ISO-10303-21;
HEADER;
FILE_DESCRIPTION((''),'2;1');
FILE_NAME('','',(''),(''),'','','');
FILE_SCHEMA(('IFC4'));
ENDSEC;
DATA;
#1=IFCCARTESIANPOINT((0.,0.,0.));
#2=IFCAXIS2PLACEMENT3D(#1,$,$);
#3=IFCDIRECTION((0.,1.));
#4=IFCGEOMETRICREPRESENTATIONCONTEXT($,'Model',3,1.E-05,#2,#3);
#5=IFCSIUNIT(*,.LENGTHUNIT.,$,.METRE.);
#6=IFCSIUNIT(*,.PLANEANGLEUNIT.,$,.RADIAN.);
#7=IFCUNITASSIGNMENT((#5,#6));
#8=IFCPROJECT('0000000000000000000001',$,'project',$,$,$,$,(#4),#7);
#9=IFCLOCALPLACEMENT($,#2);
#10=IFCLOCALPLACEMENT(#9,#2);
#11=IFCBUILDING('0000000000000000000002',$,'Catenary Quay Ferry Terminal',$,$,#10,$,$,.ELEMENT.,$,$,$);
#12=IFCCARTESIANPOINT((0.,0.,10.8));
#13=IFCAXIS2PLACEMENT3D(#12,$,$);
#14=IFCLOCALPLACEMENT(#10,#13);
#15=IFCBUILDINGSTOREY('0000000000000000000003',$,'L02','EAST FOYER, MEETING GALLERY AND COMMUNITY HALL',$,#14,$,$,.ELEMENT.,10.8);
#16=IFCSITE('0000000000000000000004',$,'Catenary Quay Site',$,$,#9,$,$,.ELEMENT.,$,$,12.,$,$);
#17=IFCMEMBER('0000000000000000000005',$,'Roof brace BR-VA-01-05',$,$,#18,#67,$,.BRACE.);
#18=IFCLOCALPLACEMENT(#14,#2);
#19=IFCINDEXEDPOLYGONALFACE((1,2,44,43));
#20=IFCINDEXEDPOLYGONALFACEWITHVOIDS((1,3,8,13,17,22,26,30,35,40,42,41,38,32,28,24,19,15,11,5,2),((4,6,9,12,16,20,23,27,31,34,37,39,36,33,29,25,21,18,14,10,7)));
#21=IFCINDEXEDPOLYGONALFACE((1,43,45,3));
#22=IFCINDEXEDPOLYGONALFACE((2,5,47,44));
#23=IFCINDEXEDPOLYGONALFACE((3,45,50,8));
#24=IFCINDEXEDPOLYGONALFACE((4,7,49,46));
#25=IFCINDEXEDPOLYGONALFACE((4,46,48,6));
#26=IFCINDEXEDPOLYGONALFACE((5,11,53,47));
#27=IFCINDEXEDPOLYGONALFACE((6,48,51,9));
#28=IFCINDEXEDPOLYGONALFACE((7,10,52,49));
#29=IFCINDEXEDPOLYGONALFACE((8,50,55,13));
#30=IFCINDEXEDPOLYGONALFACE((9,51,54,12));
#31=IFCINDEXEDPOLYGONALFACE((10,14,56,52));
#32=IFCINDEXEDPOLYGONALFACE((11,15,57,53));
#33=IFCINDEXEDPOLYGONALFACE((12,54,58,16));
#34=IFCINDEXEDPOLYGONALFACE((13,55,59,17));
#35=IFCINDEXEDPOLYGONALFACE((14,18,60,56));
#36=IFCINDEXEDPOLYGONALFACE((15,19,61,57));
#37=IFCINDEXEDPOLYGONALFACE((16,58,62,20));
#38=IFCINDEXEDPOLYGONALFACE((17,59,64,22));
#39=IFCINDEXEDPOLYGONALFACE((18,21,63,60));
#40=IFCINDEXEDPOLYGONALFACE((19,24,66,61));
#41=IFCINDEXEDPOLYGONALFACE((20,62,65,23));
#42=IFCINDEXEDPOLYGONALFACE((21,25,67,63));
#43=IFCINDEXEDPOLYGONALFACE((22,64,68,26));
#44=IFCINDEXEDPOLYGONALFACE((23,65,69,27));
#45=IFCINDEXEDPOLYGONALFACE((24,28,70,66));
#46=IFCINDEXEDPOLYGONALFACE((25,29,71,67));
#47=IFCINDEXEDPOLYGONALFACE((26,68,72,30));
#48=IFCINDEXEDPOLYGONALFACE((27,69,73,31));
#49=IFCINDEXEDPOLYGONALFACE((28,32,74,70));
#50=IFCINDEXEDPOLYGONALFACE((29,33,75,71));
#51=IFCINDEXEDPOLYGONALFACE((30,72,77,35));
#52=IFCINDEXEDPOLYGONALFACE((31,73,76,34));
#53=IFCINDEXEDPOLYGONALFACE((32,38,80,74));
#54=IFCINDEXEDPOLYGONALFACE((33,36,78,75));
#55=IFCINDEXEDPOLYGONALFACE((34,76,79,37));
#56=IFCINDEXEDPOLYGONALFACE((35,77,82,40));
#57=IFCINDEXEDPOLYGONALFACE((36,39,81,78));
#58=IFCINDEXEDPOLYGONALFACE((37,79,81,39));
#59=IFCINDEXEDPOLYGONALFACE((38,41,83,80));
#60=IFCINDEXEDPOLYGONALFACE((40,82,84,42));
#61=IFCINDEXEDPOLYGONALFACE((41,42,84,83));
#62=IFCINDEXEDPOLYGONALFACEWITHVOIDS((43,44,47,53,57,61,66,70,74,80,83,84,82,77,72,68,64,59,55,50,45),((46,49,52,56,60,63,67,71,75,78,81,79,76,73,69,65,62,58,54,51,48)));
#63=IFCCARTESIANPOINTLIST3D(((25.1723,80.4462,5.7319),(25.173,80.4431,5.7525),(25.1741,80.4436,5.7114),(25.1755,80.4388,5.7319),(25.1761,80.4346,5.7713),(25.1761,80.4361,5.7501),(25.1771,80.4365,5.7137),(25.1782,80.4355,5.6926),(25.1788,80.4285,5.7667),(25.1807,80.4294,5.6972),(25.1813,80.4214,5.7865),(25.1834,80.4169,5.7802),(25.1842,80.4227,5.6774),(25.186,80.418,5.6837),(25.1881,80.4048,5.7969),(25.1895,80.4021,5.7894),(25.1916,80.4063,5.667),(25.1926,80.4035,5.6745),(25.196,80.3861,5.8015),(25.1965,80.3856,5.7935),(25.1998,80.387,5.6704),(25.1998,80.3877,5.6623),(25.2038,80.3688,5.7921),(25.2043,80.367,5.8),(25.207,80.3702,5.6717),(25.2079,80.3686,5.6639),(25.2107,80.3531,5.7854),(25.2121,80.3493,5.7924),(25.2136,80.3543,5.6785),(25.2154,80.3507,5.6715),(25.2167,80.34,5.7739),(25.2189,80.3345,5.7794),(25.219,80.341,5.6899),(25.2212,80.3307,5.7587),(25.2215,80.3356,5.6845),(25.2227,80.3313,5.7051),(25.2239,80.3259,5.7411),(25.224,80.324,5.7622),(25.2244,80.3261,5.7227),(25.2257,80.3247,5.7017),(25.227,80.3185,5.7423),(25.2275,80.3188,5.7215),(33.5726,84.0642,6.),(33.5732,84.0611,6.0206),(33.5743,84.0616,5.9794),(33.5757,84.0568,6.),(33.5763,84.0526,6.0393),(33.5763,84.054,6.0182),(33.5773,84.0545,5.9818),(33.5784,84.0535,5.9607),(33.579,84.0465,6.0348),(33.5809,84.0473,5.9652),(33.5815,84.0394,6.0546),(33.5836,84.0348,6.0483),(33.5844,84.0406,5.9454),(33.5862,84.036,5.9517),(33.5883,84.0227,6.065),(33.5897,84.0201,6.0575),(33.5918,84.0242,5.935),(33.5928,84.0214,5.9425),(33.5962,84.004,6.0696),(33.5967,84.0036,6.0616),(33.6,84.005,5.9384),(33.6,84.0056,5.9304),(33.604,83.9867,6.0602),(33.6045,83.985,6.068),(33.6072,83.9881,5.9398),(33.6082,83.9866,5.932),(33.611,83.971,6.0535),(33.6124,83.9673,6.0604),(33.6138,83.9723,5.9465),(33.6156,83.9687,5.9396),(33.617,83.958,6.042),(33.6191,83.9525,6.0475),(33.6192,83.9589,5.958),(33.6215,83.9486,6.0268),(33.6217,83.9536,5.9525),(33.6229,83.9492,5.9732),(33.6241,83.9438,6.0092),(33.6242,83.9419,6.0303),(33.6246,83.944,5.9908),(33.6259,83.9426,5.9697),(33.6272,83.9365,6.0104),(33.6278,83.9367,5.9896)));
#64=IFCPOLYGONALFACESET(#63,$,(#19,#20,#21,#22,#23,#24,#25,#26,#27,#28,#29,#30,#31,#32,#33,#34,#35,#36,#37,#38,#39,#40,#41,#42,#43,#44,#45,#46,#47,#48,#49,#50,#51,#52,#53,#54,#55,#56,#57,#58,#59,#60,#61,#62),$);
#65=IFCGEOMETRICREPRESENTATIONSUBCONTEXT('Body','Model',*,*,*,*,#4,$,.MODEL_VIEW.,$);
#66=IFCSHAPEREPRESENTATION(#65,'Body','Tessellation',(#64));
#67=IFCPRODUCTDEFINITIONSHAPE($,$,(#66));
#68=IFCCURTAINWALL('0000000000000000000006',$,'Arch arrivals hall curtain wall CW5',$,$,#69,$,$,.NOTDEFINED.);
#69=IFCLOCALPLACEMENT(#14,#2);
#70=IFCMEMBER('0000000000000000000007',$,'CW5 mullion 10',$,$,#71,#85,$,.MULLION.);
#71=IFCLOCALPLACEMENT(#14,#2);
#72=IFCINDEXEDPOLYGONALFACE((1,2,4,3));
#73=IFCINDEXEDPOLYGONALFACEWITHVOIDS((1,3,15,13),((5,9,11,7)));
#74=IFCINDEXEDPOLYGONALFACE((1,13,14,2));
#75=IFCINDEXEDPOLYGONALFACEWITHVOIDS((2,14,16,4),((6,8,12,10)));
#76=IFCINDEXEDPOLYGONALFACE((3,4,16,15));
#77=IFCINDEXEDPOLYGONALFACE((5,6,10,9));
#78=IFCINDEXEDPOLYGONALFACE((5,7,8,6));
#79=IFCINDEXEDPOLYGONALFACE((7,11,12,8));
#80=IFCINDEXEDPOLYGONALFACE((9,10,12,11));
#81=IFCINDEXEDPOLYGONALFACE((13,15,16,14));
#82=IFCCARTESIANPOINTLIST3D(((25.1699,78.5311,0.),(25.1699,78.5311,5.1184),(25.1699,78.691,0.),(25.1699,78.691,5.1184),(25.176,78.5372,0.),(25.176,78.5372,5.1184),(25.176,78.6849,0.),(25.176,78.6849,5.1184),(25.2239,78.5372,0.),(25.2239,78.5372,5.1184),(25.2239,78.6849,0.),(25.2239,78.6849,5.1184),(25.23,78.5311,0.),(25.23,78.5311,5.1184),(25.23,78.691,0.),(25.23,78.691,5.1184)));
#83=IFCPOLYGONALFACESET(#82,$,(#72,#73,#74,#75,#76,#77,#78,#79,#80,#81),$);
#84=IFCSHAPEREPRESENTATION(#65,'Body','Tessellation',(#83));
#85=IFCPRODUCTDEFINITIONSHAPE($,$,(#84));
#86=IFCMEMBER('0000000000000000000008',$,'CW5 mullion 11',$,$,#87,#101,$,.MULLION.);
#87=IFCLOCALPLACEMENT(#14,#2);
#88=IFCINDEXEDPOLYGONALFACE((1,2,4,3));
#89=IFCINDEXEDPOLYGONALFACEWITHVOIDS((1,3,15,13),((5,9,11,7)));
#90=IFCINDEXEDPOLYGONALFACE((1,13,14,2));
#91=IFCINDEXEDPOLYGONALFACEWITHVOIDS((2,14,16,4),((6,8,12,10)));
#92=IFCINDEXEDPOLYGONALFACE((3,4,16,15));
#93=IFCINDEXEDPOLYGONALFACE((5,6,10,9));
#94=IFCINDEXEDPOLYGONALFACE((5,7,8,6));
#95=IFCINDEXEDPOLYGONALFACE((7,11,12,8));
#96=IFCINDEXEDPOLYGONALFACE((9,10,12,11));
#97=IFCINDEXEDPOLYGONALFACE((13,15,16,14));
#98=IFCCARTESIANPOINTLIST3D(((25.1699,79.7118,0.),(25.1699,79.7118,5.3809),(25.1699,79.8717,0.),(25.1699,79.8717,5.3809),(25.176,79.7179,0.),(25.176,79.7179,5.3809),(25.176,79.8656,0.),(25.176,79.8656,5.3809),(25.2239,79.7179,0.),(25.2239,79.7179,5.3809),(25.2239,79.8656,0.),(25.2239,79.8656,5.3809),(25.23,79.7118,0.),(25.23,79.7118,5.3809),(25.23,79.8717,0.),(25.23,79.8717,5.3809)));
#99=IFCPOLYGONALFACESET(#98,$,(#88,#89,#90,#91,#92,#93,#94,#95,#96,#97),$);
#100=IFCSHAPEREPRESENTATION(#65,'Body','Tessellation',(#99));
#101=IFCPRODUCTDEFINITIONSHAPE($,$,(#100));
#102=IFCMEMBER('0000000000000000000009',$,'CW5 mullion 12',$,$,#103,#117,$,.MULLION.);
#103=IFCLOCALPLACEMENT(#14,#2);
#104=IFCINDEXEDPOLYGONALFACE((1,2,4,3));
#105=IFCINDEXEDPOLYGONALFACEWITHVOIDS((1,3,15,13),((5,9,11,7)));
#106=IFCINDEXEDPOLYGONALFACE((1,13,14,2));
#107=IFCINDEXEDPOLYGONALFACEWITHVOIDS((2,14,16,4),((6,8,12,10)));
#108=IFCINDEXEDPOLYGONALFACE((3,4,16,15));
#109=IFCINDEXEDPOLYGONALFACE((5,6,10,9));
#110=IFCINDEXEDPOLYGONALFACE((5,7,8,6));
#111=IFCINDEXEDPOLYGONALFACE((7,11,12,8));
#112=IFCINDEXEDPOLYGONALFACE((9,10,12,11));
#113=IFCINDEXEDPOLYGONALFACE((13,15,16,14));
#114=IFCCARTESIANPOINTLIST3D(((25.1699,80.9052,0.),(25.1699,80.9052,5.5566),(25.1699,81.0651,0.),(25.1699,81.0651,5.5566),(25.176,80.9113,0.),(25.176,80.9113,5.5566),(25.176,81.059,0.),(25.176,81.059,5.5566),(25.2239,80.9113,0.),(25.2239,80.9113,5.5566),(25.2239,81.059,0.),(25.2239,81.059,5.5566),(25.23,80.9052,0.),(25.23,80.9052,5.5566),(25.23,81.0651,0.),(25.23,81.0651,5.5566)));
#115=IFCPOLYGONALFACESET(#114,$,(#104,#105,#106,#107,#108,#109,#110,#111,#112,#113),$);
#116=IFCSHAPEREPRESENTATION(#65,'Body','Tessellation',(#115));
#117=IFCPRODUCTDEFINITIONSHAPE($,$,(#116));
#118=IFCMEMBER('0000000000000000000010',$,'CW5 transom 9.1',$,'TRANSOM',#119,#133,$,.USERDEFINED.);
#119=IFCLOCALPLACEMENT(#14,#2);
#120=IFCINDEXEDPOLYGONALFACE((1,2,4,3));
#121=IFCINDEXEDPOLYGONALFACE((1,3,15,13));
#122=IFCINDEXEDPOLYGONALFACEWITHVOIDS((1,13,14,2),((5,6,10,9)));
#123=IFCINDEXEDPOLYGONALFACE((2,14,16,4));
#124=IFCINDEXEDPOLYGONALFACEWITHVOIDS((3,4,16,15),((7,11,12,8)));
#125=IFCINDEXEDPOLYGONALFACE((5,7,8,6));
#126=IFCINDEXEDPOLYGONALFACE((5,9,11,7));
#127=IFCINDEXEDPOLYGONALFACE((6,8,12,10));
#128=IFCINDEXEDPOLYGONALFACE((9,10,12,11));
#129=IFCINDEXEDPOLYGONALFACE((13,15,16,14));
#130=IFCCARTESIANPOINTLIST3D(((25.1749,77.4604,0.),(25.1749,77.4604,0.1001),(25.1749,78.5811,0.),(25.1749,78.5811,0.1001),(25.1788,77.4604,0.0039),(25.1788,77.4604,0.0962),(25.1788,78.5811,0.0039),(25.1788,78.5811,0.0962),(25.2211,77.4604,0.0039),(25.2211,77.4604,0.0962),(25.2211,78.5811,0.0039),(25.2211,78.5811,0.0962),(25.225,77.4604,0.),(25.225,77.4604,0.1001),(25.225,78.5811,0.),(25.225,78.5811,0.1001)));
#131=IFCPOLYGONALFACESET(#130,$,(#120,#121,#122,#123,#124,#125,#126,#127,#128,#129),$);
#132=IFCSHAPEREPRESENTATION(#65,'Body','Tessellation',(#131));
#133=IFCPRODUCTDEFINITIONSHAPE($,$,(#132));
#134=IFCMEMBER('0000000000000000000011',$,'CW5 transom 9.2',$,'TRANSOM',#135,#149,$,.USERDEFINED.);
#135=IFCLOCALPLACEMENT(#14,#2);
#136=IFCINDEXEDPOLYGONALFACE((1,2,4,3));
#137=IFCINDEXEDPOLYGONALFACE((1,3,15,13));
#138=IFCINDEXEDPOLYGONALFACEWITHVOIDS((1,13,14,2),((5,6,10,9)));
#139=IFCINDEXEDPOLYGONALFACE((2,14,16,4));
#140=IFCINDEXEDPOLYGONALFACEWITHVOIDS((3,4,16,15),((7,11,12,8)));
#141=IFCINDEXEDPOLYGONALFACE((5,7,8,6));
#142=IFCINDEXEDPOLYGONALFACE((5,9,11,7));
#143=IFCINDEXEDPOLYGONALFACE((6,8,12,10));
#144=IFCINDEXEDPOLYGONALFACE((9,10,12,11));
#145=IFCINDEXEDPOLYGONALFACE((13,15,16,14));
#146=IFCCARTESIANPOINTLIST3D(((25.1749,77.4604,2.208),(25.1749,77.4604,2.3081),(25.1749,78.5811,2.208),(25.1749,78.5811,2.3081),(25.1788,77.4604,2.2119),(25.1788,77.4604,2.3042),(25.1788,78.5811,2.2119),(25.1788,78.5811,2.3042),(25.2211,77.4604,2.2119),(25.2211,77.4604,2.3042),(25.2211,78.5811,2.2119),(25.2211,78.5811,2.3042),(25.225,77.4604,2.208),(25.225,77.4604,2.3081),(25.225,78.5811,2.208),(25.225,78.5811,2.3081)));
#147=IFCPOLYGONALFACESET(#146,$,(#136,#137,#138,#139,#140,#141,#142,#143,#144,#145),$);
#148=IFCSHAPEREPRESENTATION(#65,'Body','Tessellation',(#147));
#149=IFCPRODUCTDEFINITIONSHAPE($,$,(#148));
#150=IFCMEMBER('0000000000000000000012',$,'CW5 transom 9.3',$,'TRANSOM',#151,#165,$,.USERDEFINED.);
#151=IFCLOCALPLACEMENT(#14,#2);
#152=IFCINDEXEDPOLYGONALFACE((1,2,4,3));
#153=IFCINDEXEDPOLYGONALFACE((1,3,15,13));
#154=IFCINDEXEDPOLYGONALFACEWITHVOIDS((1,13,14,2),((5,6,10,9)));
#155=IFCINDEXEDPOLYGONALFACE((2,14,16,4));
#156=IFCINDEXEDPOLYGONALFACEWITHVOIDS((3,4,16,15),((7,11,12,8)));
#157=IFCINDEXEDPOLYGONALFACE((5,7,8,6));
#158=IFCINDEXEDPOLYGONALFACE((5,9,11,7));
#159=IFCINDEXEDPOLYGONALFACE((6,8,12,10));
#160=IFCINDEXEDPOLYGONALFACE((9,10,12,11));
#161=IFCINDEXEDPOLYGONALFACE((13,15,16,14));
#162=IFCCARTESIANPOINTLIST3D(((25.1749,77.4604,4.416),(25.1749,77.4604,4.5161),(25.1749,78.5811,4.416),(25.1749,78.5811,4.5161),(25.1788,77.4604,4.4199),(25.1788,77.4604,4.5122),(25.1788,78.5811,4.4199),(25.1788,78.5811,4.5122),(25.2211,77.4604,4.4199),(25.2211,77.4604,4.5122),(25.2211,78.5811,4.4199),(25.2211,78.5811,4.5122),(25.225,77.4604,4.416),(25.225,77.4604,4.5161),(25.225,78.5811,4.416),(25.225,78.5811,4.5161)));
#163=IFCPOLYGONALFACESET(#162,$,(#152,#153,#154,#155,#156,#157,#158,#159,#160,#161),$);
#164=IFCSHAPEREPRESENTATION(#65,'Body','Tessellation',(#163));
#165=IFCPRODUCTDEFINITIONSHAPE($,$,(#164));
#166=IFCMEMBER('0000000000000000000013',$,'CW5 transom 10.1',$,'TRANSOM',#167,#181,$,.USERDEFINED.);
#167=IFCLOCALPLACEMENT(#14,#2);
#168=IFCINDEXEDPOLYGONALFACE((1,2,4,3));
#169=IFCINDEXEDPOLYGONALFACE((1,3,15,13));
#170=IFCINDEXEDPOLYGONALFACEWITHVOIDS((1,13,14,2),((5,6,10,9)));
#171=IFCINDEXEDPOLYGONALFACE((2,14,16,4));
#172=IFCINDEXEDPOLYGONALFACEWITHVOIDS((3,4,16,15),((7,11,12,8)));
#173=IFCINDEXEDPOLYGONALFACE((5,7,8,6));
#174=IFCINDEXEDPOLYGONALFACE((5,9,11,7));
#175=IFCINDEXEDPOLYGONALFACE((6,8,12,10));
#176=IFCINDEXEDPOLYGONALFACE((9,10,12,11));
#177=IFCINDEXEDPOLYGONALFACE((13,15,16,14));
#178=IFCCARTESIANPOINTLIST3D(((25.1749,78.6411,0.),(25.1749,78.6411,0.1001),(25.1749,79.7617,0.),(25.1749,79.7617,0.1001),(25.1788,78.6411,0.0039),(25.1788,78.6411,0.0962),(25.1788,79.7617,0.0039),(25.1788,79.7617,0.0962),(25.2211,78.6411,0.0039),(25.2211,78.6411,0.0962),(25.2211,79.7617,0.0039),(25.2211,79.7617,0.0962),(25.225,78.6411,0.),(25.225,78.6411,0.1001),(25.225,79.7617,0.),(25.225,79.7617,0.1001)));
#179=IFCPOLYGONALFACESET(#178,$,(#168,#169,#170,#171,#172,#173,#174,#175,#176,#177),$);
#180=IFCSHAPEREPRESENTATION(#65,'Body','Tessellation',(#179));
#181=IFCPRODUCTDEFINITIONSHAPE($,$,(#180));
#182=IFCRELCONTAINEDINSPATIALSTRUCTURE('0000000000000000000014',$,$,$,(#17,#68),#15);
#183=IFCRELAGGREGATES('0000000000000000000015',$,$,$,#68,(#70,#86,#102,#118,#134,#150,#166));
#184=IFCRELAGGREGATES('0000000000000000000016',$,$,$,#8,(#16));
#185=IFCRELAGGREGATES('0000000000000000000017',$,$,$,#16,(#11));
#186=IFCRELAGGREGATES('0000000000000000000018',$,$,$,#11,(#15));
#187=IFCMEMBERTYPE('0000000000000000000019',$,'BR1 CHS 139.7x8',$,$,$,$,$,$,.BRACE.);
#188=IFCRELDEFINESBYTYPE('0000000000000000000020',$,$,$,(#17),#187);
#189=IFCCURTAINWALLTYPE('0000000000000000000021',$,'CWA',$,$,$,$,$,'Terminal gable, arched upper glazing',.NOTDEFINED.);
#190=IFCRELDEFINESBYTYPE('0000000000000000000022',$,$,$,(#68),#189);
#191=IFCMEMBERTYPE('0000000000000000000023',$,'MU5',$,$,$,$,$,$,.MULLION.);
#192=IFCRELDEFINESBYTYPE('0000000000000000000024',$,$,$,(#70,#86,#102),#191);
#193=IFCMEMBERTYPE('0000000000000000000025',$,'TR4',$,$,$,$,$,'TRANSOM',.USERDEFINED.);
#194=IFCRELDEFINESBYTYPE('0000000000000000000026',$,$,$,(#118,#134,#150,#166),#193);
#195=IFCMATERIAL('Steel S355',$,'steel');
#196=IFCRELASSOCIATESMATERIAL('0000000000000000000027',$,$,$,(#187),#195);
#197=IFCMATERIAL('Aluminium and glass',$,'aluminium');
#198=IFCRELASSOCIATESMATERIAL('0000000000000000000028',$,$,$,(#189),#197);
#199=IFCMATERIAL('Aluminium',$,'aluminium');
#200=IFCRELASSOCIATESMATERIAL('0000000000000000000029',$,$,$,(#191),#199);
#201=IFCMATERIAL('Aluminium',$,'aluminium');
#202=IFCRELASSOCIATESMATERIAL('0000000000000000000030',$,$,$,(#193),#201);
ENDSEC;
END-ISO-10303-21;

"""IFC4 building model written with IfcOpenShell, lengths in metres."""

from ifc_helpers import new_model, si_unit, direction, frame, origin, origin_2d, place, context, subcontext, project, spatial, hollow_rectangle, hollow_circle, extrude, material, material_profile, profile_set, type_object, element, aggregate, save


model = new_model("IFC4")

# Units and contexts
model_context = context("Model", 3, precision=1e-05, world=origin(), true_north=direction((0.0, 1.0)))
body_context = subcontext(model_context, "Body", "Model", "MODEL_VIEW")
ifc_project = project(units=[si_unit("LENGTHUNIT", "METRE"), si_unit("PLANEANGLEUNIT", "RADIAN")], contexts=[model_context])

# Site, building, storey
site_placement = place(None, origin())
site = spatial("IfcSite", under=ifc_project, at=site_placement, Name="Catenary Quay Site", CompositionType="ELEMENT", RefElevation=12.0)
building_placement = place(site_placement, origin())
building = spatial("IfcBuilding", under=site, at=building_placement, Name="Catenary Quay Ferry Terminal", CompositionType="ELEMENT")
storey_placement = place(building_placement, frame((0.0, 0.0, 10.8)))
storey = spatial("IfcBuildingStorey", under=building, at=storey_placement, Name="L02", Description="EAST FOYER, MEETING GALLERY AND COMMUNITY HALL", CompositionType="ELEMENT", Elevation=10.8)

# Member
ifc_material_1 = material(Name="Steel S355", Category="steel")
ifc_material_profile_1 = material_profile(ifc_material_1, hollow_circle(Radius=0.0698, WallThickness=0.0081, at=origin_2d()), Name="CHS 139.7x8")
ifc_profile_set_1 = profile_set([ifc_material_profile_1], Name="Steel S355")
member_type_1 = type_object("IfcMemberType", Name="BR1 CHS 139.7x8", PredefinedType="BRACE", material=ifc_profile_set_1)
member_1_placement = place(storey_placement, frame((25.2, 80.3821, 5.7319), z_axis=(0.918042, 0.395398, 0.029297), x_axis=(-0.395568, 0.918437, 0.0)))
element("IfcMember", 1, at=member_1_placement, inside=storey, type_object=member_type_1, Name="Roof brace BR-VA-01-05", PredefinedType="BRACE", context=body_context, shape_type="SweptSolid", body=[
    extrude(hollow_circle(Radius=0.0698, WallThickness=0.0081, at=origin_2d()), origin(), (0.0, 0.0, 1.0), 9.1501),
])

# Curtain wall, members
ifc_material_2 = material(Name="Aluminium and glass", Category="aluminium")
curtain_wall_type = type_object("IfcCurtainWallType", Name="CWA", ElementType="Terminal gable, arched upper glazing", PredefinedType="NOTDEFINED", material=ifc_material_2)
curtain_wall_placement = place(storey_placement, origin())
curtain_wall = element("IfcCurtainWall", 2, at=curtain_wall_placement, inside=storey, type_object=curtain_wall_type, Name="Arch arrivals hall curtain wall CW5", PredefinedType="NOTDEFINED")
ifc_material_3 = material(Name="Aluminium", Category="aluminium")
ifc_material_profile_2 = material_profile(ifc_material_3, hollow_rectangle(XDim=0.0601, YDim=0.1599, WallThickness=0.0061, at=origin_2d()), Name="MU5")
ifc_profile_set_2 = profile_set([ifc_material_profile_2], Name="Aluminium")
member_type_2 = type_object("IfcMemberType", Name="MU5", PredefinedType="MULLION", material=ifc_profile_set_2)
member_2_placement = place(storey_placement, frame((25.2, 78.6111, 0.0), z_axis=(0.0, 0.0, 1.0), x_axis=(-1.0, 0.0, 0.0)))
member_2 = element("IfcMember", 3, at=member_2_placement, type_object=member_type_2, Name="CW5 mullion 10", PredefinedType="MULLION", context=body_context, shape_type="SweptSolid", body=[
    extrude(hollow_rectangle(XDim=0.0601, YDim=0.1599, WallThickness=0.0061, at=origin_2d()), origin(), (0.0, 0.0, 1.0), 5.1184),
])
member_3_placement = place(storey_placement, frame((25.2, 79.7917, 0.0), z_axis=(0.0, 0.0, 1.0), x_axis=(-1.0, 0.0, 0.0)))
member_3 = element("IfcMember", 4, at=member_3_placement, type_object=member_type_2, Name="CW5 mullion 11", PredefinedType="MULLION", context=body_context, shape_type="SweptSolid", body=[
    extrude(hollow_rectangle(XDim=0.0601, YDim=0.1599, WallThickness=0.0061, at=origin_2d()), origin(), (0.0, 0.0, 1.0), 5.3809),
])
member_4_placement = place(storey_placement, frame((25.2, 80.9851, 0.0), z_axis=(0.0, 0.0, 1.0), x_axis=(-1.0, 0.0, 0.0)))
member_4 = element("IfcMember", 5, at=member_4_placement, type_object=member_type_2, Name="CW5 mullion 12", PredefinedType="MULLION", context=body_context, shape_type="SweptSolid", body=[
    extrude(hollow_rectangle(XDim=0.0601, YDim=0.1599, WallThickness=0.0061, at=origin_2d()), origin(), (0.0, 0.0, 1.0), 5.5566),
])
ifc_material_4 = material(Name="Aluminium", Category="aluminium")
ifc_material_profile_3 = material_profile(ifc_material_4, hollow_rectangle(XDim=0.05, YDim=0.1001, WallThickness=0.0039, at=origin_2d()), Name="TR4")
ifc_profile_set_3 = profile_set([ifc_material_profile_3], Name="Aluminium")
member_type_3 = type_object("IfcMemberType", Name="TR4", ElementType="TRANSOM", PredefinedType="USERDEFINED", material=ifc_profile_set_3)
member_5_placement = place(storey_placement, frame((25.2, 77.4604, 0.05), z_axis=(0.0, 1.0, 0.0), x_axis=(-1.0, 0.0, 0.0)))
member_5 = element("IfcMember", 6, at=member_5_placement, type_object=member_type_3, Name="CW5 transom 9.1", ObjectType="TRANSOM", PredefinedType="USERDEFINED", context=body_context, shape_type="SweptSolid", body=[
    extrude(hollow_rectangle(XDim=0.05, YDim=0.1001, WallThickness=0.0039, at=origin_2d()), origin(), (0.0, 0.0, 1.0), 1.1206),
])
member_6_placement = place(storey_placement, frame((25.2, 77.4604, 2.2581), z_axis=(0.0, 1.0, 0.0), x_axis=(-1.0, 0.0, 0.0)))
member_6 = element("IfcMember", 7, at=member_6_placement, type_object=member_type_3, Name="CW5 transom 9.2", ObjectType="TRANSOM", PredefinedType="USERDEFINED", context=body_context, shape_type="SweptSolid", body=[
    extrude(hollow_rectangle(XDim=0.05, YDim=0.1001, WallThickness=0.0039, at=origin_2d()), origin(), (0.0, 0.0, 1.0), 1.1206),
])
member_7_placement = place(storey_placement, frame((25.2, 77.4604, 4.4661), z_axis=(0.0, 1.0, 0.0), x_axis=(-1.0, 0.0, 0.0)))
member_7 = element("IfcMember", 8, at=member_7_placement, type_object=member_type_3, Name="CW5 transom 9.3", ObjectType="TRANSOM", PredefinedType="USERDEFINED", context=body_context, shape_type="SweptSolid", body=[
    extrude(hollow_rectangle(XDim=0.05, YDim=0.1001, WallThickness=0.0039, at=origin_2d()), origin(), (0.0, 0.0, 1.0), 1.1206),
])
member_8_placement = place(storey_placement, frame((25.2, 78.6411, 0.05), z_axis=(0.0, 1.0, 0.0), x_axis=(-1.0, 0.0, 0.0)))
member_8 = element("IfcMember", 9, at=member_8_placement, type_object=member_type_3, Name="CW5 transom 10.1", ObjectType="TRANSOM", PredefinedType="USERDEFINED", context=body_context, shape_type="SweptSolid", body=[
    extrude(hollow_rectangle(XDim=0.05, YDim=0.1001, WallThickness=0.0039, at=origin_2d()), origin(), (0.0, 0.0, 1.0), 1.1206),
])

aggregate(curtain_wall, [member_2, member_3, member_4, member_5, member_6, member_7, member_8])

save(model, "model.ifc")
